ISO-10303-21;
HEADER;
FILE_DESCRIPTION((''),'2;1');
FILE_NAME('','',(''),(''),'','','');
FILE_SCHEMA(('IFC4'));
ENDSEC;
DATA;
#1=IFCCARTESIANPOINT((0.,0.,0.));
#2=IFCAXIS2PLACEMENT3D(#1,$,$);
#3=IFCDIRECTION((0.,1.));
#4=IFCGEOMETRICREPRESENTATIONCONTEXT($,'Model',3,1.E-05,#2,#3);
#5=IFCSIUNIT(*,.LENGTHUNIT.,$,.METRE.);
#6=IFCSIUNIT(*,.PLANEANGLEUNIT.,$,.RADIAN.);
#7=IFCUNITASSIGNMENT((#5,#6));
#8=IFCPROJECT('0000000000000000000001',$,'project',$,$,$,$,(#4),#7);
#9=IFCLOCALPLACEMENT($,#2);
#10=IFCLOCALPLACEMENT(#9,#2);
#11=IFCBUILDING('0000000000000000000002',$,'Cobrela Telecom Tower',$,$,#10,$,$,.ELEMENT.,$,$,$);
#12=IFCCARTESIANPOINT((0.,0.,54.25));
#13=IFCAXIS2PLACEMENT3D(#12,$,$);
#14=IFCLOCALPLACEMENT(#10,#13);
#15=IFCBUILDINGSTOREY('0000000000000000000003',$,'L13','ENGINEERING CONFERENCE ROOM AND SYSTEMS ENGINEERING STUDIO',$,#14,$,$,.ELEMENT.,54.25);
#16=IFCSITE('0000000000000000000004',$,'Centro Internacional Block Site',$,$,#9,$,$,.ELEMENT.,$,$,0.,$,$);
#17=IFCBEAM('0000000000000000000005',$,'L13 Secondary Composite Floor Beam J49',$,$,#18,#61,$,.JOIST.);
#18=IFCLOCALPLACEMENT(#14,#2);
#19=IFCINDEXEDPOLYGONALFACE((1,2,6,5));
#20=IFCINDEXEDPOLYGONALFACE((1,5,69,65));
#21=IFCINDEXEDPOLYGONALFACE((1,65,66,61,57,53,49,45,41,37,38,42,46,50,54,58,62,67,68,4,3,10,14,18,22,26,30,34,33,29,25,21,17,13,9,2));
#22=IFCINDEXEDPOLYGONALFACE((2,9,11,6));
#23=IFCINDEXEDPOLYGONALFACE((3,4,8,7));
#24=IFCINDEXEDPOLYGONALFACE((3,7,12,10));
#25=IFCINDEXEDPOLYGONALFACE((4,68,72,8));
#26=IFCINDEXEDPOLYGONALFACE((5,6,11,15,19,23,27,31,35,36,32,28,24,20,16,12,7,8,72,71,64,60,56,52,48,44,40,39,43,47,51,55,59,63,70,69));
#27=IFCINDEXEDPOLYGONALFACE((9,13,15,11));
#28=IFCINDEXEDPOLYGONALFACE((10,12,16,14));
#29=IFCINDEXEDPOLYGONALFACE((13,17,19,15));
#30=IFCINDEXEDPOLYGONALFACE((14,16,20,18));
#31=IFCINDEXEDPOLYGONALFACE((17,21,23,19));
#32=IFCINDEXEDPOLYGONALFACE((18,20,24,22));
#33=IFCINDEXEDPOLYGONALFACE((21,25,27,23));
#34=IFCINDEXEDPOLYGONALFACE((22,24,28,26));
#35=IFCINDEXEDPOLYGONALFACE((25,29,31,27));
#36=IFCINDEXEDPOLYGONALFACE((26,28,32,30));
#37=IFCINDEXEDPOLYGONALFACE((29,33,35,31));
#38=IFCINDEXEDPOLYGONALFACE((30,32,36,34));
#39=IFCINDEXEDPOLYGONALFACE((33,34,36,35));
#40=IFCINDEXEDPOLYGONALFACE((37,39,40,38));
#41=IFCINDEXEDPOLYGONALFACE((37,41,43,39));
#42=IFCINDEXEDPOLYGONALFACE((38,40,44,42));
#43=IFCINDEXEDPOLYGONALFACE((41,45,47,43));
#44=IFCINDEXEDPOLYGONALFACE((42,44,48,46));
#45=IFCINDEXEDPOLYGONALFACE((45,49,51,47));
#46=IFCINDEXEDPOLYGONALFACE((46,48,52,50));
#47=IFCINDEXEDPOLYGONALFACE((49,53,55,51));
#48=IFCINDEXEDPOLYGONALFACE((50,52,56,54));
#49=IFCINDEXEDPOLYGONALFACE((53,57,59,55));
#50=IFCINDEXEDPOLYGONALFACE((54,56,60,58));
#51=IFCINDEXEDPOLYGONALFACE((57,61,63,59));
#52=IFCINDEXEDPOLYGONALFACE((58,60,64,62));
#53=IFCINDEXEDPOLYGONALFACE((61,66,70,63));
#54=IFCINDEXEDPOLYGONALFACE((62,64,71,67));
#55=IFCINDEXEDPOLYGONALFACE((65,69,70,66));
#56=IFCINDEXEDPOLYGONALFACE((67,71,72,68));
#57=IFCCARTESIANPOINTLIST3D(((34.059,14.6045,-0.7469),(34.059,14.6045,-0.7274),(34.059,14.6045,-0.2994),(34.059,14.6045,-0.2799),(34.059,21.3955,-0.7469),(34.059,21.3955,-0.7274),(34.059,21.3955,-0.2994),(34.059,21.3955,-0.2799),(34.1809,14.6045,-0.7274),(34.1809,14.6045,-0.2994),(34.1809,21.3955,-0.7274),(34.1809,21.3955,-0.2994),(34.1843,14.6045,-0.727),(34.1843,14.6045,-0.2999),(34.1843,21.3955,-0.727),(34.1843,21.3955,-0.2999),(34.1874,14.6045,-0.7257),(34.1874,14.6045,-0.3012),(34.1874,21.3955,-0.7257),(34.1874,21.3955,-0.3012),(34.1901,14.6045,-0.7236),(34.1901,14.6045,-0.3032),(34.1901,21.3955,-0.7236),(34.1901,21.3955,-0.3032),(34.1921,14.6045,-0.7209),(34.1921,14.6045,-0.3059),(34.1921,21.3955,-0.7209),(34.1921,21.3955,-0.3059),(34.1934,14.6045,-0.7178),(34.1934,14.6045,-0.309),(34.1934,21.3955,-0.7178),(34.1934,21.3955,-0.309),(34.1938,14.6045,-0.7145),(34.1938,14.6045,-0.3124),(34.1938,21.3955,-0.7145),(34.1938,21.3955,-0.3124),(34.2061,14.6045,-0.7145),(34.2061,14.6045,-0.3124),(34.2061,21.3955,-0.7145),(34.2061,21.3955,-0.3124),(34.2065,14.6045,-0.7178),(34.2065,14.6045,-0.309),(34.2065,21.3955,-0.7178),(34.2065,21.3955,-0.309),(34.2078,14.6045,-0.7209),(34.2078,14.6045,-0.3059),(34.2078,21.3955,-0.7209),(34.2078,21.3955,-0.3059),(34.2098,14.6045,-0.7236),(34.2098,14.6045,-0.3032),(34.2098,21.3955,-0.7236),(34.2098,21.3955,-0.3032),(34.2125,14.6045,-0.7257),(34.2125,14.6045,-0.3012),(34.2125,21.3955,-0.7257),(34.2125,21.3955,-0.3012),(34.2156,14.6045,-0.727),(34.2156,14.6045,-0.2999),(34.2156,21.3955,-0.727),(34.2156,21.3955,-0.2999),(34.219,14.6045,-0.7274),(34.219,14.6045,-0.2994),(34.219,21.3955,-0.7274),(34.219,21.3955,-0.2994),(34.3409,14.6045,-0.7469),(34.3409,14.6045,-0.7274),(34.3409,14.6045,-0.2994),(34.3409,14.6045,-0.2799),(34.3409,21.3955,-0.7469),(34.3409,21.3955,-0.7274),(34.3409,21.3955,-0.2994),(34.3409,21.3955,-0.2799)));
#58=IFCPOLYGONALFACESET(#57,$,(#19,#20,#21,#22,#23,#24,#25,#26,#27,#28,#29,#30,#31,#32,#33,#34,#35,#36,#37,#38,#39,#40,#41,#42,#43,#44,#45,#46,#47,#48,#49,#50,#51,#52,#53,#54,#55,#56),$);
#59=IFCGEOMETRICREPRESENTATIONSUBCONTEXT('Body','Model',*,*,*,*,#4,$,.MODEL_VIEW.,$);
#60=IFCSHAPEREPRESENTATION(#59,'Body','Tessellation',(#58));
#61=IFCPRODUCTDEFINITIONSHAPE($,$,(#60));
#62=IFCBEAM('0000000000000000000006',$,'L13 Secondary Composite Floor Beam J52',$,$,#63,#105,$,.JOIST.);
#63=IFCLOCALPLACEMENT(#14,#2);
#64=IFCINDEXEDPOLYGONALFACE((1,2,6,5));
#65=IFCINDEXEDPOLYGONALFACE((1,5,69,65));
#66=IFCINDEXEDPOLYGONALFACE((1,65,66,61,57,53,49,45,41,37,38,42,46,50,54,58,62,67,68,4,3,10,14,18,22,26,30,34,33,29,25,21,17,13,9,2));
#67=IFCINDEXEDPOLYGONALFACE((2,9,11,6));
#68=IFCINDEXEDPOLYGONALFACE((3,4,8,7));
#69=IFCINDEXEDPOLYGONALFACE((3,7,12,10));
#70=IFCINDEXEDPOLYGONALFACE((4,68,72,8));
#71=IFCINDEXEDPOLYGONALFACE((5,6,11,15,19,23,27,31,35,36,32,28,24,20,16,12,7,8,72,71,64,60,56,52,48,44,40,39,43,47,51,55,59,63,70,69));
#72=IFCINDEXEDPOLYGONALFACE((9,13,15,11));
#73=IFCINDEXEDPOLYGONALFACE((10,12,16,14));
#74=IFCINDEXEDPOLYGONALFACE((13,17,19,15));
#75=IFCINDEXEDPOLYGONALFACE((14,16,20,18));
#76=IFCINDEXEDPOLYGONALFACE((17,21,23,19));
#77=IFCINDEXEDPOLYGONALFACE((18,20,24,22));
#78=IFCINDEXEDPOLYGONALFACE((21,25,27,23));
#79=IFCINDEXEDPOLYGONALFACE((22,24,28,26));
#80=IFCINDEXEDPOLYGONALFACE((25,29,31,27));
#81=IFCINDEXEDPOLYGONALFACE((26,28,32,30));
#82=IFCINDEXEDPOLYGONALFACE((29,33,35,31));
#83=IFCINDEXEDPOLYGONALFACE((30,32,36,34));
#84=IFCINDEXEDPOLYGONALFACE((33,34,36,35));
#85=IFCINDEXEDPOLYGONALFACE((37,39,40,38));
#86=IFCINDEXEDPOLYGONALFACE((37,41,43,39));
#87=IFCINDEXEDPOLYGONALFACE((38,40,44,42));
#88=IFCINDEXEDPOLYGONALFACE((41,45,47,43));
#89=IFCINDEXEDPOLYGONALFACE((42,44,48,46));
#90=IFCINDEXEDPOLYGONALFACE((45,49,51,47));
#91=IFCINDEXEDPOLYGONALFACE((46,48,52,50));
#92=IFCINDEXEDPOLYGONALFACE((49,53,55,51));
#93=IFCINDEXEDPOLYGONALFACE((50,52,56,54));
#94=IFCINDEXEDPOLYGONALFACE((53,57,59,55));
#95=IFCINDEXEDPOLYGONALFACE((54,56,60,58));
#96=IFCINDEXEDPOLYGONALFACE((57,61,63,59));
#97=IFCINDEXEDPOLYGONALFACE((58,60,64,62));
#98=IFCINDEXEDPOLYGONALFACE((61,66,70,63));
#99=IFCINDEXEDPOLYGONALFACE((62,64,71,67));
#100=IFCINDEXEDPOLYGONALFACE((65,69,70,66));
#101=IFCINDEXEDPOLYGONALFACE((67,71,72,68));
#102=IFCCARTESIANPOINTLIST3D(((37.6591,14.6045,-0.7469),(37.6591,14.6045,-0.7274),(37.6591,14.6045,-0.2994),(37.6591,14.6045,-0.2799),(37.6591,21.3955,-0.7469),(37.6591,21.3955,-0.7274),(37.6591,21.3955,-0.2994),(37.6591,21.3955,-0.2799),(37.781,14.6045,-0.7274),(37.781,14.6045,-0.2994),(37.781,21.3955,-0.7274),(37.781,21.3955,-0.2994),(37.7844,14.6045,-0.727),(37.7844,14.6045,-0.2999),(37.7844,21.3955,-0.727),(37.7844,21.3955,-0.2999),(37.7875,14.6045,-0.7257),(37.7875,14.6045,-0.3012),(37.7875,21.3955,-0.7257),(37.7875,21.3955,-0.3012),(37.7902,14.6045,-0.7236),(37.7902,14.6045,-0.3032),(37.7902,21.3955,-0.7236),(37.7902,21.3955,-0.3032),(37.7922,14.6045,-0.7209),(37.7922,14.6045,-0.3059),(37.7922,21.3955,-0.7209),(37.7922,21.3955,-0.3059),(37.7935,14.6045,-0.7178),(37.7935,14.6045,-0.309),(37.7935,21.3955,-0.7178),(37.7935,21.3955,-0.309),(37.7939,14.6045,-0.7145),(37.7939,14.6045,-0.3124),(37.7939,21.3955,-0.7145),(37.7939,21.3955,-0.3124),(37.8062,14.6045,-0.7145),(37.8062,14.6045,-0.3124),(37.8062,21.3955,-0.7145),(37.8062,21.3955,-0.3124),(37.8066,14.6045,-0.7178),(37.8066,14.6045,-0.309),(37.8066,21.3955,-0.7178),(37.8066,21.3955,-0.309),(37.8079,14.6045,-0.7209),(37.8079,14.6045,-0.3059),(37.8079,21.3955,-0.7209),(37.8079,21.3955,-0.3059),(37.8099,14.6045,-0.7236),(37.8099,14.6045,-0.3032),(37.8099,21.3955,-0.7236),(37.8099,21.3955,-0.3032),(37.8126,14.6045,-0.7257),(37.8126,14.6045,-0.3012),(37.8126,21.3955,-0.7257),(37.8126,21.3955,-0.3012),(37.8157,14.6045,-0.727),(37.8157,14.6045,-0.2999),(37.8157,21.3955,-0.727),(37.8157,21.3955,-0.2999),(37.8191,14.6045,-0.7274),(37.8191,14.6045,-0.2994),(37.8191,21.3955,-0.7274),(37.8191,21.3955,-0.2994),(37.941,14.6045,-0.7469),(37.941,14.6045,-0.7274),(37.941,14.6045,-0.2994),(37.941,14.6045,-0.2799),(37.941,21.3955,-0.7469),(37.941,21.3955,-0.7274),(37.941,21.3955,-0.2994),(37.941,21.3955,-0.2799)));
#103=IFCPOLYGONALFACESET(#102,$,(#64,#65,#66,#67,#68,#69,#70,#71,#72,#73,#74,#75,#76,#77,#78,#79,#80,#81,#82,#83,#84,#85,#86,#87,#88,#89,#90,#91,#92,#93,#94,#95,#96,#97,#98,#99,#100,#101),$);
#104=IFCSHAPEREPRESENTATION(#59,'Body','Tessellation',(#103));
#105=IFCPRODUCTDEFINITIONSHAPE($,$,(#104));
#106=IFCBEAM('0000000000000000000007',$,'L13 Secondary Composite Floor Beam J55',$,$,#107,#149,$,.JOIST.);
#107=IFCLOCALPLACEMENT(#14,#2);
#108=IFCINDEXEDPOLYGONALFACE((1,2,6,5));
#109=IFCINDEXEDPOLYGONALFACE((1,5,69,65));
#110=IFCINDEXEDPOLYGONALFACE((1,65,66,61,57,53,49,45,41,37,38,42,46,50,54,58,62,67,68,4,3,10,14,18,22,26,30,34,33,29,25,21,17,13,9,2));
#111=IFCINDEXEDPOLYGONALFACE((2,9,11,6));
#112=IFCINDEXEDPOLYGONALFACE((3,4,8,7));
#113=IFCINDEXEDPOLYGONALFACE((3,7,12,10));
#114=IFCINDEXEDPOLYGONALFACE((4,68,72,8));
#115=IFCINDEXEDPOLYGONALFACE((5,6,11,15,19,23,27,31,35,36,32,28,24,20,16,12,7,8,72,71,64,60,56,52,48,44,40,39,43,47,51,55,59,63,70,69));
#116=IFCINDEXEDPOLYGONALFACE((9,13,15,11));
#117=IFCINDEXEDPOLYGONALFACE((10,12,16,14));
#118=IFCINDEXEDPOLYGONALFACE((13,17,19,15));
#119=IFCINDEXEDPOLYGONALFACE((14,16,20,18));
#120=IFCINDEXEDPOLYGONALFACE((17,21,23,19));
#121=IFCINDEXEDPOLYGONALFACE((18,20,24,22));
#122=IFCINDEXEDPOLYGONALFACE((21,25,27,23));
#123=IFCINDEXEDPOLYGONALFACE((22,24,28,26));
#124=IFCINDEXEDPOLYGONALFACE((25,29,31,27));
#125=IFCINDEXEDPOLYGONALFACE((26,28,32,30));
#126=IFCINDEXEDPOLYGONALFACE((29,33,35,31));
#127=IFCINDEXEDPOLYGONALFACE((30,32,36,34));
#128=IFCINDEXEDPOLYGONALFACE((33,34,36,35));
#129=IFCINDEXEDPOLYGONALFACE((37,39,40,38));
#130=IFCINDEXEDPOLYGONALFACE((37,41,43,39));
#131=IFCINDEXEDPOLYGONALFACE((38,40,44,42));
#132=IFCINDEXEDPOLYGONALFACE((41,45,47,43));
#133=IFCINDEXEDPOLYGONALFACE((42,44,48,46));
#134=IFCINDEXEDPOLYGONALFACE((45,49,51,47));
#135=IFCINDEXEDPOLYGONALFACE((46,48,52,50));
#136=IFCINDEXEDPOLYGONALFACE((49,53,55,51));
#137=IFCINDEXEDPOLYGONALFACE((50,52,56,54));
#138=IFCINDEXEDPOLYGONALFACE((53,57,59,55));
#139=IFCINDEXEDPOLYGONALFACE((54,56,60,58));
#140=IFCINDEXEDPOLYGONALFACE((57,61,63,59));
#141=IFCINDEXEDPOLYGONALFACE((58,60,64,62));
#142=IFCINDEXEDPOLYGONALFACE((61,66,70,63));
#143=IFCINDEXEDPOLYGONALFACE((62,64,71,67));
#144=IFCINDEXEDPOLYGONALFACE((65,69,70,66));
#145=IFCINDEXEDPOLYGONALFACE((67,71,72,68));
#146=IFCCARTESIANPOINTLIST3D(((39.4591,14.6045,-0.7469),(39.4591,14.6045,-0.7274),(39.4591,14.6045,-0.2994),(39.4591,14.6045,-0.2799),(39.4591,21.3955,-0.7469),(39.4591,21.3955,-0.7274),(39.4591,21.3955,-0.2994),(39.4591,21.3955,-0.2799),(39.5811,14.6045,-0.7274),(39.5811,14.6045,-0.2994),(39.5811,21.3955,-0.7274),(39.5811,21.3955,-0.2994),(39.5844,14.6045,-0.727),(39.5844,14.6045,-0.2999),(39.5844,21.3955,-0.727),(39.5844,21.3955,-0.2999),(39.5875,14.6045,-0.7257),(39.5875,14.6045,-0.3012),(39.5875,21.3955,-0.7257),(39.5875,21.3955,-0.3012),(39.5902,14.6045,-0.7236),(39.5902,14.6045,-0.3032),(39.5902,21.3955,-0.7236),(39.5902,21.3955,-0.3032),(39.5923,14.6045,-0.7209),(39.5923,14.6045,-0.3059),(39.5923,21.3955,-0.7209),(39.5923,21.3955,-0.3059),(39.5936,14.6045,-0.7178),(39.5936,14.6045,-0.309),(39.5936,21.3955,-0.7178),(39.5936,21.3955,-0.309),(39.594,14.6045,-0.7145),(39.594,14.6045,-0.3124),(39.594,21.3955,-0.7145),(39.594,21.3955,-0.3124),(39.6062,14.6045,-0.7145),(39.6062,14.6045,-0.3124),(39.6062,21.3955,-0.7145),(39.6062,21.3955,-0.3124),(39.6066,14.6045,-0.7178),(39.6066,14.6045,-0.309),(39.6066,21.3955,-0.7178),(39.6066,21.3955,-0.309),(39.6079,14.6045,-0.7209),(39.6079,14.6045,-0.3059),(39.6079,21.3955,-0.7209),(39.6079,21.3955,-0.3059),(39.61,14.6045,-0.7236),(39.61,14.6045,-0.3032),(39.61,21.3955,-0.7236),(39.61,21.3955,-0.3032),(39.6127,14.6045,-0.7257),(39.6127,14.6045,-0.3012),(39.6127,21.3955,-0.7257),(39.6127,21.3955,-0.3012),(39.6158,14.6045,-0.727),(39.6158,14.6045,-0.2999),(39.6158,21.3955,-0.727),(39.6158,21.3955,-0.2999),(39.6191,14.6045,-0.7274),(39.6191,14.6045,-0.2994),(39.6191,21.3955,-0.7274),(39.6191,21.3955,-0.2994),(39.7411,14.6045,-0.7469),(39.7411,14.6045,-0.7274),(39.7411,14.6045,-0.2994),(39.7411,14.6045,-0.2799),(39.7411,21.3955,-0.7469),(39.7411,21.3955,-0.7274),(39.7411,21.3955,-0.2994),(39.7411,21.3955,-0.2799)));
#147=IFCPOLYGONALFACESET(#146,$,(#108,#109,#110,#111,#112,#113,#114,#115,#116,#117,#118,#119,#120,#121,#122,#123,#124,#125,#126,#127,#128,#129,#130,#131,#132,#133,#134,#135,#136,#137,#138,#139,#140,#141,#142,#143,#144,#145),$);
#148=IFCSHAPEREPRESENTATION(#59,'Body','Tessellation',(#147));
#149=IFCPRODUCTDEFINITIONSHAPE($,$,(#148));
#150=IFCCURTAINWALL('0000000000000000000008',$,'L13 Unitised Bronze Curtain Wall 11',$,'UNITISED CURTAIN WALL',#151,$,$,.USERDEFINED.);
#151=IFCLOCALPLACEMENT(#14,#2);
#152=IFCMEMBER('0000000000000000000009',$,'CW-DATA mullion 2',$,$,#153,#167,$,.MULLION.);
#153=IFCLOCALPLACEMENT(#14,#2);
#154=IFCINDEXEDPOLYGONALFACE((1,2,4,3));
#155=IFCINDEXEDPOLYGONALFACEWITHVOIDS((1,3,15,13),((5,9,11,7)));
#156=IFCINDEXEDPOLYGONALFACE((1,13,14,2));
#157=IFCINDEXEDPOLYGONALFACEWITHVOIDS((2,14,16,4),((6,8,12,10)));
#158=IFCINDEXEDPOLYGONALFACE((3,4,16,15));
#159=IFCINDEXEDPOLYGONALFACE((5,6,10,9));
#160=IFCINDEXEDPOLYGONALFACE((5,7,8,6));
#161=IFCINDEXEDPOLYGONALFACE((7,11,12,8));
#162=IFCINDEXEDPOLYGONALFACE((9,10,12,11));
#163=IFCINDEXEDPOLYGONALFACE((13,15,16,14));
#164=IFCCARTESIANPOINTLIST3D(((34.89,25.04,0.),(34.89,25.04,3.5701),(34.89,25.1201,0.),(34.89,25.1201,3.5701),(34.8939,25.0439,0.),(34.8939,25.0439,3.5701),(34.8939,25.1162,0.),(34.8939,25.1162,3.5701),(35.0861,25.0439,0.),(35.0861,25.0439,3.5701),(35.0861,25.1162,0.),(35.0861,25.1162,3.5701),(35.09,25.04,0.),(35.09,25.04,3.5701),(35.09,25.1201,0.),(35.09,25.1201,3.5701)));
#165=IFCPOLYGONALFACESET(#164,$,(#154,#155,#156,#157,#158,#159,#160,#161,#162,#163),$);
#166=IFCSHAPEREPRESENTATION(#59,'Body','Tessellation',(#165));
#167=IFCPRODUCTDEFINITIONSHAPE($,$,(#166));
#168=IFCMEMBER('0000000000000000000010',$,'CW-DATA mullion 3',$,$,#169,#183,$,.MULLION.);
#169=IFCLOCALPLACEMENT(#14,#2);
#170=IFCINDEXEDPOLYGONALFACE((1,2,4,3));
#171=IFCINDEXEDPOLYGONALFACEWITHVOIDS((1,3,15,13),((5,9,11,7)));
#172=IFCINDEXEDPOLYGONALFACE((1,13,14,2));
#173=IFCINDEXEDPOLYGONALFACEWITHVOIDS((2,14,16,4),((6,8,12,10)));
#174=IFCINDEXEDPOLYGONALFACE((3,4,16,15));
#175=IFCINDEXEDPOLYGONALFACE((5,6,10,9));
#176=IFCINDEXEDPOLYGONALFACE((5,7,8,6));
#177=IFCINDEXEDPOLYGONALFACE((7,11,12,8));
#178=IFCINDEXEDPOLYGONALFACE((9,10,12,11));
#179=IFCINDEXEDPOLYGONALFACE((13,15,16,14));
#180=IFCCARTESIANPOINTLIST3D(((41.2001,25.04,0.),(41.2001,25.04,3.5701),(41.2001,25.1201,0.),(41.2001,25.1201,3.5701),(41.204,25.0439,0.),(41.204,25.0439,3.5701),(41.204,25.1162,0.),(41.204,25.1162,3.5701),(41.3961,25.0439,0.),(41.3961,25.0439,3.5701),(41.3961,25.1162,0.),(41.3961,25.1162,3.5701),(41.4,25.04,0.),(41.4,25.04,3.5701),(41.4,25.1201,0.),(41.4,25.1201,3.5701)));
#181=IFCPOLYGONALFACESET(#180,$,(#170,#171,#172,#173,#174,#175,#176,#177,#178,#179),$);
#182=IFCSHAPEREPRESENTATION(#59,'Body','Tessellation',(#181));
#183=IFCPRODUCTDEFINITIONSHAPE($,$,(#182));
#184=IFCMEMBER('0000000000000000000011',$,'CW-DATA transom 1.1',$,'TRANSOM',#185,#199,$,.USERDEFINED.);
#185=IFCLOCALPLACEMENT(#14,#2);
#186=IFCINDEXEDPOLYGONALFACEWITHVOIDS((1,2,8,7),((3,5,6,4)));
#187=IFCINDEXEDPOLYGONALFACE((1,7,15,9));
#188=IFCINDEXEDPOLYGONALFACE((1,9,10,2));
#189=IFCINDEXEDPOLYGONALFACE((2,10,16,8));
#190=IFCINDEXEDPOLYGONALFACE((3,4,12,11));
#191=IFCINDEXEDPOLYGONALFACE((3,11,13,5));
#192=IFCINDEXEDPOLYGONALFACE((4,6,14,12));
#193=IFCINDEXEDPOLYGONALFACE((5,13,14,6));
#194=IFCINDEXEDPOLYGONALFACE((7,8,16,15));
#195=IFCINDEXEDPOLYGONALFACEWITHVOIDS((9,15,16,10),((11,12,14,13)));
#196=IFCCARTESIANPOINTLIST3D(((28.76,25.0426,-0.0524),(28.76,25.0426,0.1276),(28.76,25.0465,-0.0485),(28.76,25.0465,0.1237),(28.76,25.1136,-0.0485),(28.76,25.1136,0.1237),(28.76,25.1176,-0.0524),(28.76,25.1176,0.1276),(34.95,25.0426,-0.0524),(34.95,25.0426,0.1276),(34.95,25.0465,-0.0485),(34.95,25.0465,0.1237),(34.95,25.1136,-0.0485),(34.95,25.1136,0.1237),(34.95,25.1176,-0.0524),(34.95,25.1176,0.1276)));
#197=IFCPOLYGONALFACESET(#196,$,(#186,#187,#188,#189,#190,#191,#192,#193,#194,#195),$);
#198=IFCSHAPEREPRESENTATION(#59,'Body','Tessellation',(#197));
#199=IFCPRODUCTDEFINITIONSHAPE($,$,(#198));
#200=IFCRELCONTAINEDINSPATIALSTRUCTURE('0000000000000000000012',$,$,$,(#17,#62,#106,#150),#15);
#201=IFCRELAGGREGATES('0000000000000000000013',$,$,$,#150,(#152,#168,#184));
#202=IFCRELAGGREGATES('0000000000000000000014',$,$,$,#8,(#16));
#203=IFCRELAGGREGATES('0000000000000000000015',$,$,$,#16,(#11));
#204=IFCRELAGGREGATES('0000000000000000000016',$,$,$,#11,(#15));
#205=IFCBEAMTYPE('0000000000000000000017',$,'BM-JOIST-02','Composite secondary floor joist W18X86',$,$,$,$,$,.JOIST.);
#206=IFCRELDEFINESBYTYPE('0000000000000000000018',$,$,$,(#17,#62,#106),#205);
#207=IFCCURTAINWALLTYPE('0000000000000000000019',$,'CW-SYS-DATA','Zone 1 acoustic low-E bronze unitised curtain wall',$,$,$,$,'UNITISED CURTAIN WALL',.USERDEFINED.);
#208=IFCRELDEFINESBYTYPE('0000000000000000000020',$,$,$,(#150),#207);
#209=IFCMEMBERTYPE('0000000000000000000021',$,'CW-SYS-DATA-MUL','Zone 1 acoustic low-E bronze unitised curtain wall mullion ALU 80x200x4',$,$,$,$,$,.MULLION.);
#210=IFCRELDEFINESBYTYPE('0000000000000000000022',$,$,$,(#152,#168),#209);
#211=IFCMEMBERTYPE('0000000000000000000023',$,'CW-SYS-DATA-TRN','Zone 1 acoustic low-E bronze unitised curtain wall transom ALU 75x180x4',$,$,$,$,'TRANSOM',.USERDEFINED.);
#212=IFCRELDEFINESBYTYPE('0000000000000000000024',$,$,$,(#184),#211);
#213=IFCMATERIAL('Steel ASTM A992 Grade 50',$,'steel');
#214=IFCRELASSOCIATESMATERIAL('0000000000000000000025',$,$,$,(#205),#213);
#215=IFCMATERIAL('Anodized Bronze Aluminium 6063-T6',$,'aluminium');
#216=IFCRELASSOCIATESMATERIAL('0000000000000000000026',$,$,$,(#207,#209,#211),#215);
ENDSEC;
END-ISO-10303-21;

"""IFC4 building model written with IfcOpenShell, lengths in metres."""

from ifc_helpers import new_model, si_unit, direction, frame, origin, origin_2d, place, context, subcontext, project, spatial, hollow_rectangle, i_section, extrude, material, material_profile, profile_set, type_object, element, aggregate, save


model = new_model("IFC4")

# Units and contexts
model_context = context("Model", 3, precision=1e-05, world=origin(), true_north=direction((0.0, 1.0)))
body_context = subcontext(model_context, "Body", "Model", "MODEL_VIEW")
ifc_project = project(units=[si_unit("LENGTHUNIT", "METRE"), si_unit("PLANEANGLEUNIT", "RADIAN")], contexts=[model_context])

# Site, building, storey
site_placement = place(None, origin())
site = spatial("IfcSite", under=ifc_project, at=site_placement, Name="Centro Internacional Block Site", CompositionType="ELEMENT", RefElevation=0.0)
building_placement = place(site_placement, origin())
building = spatial("IfcBuilding", under=site, at=building_placement, Name="Cobrela Telecom Tower", CompositionType="ELEMENT")
storey_placement = place(building_placement, frame((0.0, 0.0, 54.25)))
storey = spatial("IfcBuildingStorey", under=building, at=storey_placement, Name="L13", Description="ENGINEERING CONFERENCE ROOM AND SYSTEMS ENGINEERING STUDIO", CompositionType="ELEMENT", Elevation=54.25)

# Shared definitions
ifc_material_1 = material(Name="Steel ASTM A992 Grade 50", Category="steel")

# Beams
ifc_material_profile_1 = material_profile(ifc_material_1, i_section(OverallWidth=0.282, OverallDepth=0.467, WebThickness=0.0122, FlangeThickness=0.0195, FilletRadius=0.0129, at=origin_2d()), Name="W18X86")
ifc_profile_set_1 = profile_set([ifc_material_profile_1], Name="Steel ASTM A992 Grade 50")
beam_type_1 = type_object("IfcBeamType", Name="BM-JOIST-02", Description="Composite secondary floor joist W18X86", PredefinedType="JOIST", material=ifc_profile_set_1)
for number, where, z_axis, x_axis, name in (
    (1, (34.2, 14.6045, -0.5134), (0.0, 1.0, 0.0), (-1.0, 0.0, 0.0), "L13 Secondary Composite Floor Beam J49"),
    (2, (37.8, 14.6045, -0.5134), (0.0, 1.0, 0.0), (-1.0, 0.0, 0.0), "L13 Secondary Composite Floor Beam J52"),
    (3, (39.6001, 14.6045, -0.5134), (0.0, 1.0, 0.0), (-1.0, 0.0, 0.0), "L13 Secondary Composite Floor Beam J55"),
):
    element("IfcBeam", number, at=place(storey_placement, frame(where, z_axis=z_axis, x_axis=x_axis)), inside=storey, type_object=beam_type_1, Name=name, PredefinedType="JOIST", context=body_context, shape_type="SweptSolid", body=[
        extrude(i_section(OverallWidth=0.282, OverallDepth=0.467, WebThickness=0.0122, FlangeThickness=0.0195, FilletRadius=0.0129, at=origin_2d()), origin(), (0.0, 0.0, 1.0), 6.791),
    ])

# Curtain wall, members
ifc_material_2 = material(Name="Anodized Bronze Aluminium 6063-T6", Category="aluminium")
curtain_wall_type = type_object("IfcCurtainWallType", Name="CW-SYS-DATA", Description="Zone 1 acoustic low-E bronze unitised curtain wall", ElementType="UNITISED CURTAIN WALL", PredefinedType="USERDEFINED", material=ifc_material_2)
curtain_wall_placement = place(storey_placement, origin())
curtain_wall = element("IfcCurtainWall", 4, at=curtain_wall_placement, inside=storey, type_object=curtain_wall_type, Name="L13 Unitised Bronze Curtain Wall 11", ObjectType="UNITISED CURTAIN WALL", PredefinedType="USERDEFINED")
ifc_material_profile_2 = material_profile(ifc_material_2, hollow_rectangle(XDim=0.0801, YDim=0.2, WallThickness=0.0039, at=origin_2d()), Name="ALU 80x200x4")
ifc_profile_set_2 = profile_set([ifc_material_profile_2], Name="Anodized Bronze Aluminium 6063-T6")
member_type_1 = type_object("IfcMemberType", Name="CW-SYS-DATA-MUL", Description="Zone 1 acoustic low-E bronze unitised curtain wall mullion ALU 80x200x4", PredefinedType="MULLION", material=ifc_profile_set_2)
member_1_placement = place(storey_placement, frame((34.99, 25.0801, 0.0), z_axis=(0.0, 0.0, 1.0), x_axis=(0.0, 1.0, 0.0)))
member_1 = element("IfcMember", 5, at=member_1_placement, type_object=member_type_1, Name="CW-DATA mullion 2", PredefinedType="MULLION", context=body_context, shape_type="SweptSolid", body=[
    extrude(hollow_rectangle(XDim=0.0801, YDim=0.2, WallThickness=0.0039, at=origin_2d()), origin(), (0.0, 0.0, 1.0), 3.5701),
])
member_2_placement = place(storey_placement, frame((41.3, 25.0801, 0.0), z_axis=(0.0, 0.0, 1.0), x_axis=(0.0, 1.0, 0.0)))
member_2 = element("IfcMember", 6, at=member_2_placement, type_object=member_type_1, Name="CW-DATA mullion 3", PredefinedType="MULLION", context=body_context, shape_type="SweptSolid", body=[
    extrude(hollow_rectangle(XDim=0.0801, YDim=0.2, WallThickness=0.0039, at=origin_2d()), origin(), (0.0, 0.0, 1.0), 3.5701),
])
ifc_material_profile_3 = material_profile(ifc_material_2, hollow_rectangle(XDim=0.075, YDim=0.1799, WallThickness=0.0039, at=origin_2d()), Name="ALU 75x180x4")
ifc_profile_set_3 = profile_set([ifc_material_profile_3], Name="Anodized Bronze Aluminium 6063-T6")
member_type_2 = type_object("IfcMemberType", Name="CW-SYS-DATA-TRN", Description="Zone 1 acoustic low-E bronze unitised curtain wall transom ALU 75x180x4", ElementType="TRANSOM", PredefinedType="USERDEFINED", material=ifc_profile_set_3)
member_3_placement = place(storey_placement, frame((28.76, 25.0801, 0.0376), z_axis=(1.0, 0.0, 0.0), x_axis=(0.0, 1.0, 0.0)))
member_3 = element("IfcMember", 7, at=member_3_placement, type_object=member_type_2, Name="CW-DATA transom 1.1", ObjectType="TRANSOM", PredefinedType="USERDEFINED", context=body_context, shape_type="SweptSolid", body=[
    extrude(hollow_rectangle(XDim=0.075, YDim=0.1799, WallThickness=0.0039, at=origin_2d()), origin(), (0.0, 0.0, 1.0), 6.1899),
])
aggregate(curtain_wall, [member_1, member_2, member_3])

save(model, "model.ifc")
